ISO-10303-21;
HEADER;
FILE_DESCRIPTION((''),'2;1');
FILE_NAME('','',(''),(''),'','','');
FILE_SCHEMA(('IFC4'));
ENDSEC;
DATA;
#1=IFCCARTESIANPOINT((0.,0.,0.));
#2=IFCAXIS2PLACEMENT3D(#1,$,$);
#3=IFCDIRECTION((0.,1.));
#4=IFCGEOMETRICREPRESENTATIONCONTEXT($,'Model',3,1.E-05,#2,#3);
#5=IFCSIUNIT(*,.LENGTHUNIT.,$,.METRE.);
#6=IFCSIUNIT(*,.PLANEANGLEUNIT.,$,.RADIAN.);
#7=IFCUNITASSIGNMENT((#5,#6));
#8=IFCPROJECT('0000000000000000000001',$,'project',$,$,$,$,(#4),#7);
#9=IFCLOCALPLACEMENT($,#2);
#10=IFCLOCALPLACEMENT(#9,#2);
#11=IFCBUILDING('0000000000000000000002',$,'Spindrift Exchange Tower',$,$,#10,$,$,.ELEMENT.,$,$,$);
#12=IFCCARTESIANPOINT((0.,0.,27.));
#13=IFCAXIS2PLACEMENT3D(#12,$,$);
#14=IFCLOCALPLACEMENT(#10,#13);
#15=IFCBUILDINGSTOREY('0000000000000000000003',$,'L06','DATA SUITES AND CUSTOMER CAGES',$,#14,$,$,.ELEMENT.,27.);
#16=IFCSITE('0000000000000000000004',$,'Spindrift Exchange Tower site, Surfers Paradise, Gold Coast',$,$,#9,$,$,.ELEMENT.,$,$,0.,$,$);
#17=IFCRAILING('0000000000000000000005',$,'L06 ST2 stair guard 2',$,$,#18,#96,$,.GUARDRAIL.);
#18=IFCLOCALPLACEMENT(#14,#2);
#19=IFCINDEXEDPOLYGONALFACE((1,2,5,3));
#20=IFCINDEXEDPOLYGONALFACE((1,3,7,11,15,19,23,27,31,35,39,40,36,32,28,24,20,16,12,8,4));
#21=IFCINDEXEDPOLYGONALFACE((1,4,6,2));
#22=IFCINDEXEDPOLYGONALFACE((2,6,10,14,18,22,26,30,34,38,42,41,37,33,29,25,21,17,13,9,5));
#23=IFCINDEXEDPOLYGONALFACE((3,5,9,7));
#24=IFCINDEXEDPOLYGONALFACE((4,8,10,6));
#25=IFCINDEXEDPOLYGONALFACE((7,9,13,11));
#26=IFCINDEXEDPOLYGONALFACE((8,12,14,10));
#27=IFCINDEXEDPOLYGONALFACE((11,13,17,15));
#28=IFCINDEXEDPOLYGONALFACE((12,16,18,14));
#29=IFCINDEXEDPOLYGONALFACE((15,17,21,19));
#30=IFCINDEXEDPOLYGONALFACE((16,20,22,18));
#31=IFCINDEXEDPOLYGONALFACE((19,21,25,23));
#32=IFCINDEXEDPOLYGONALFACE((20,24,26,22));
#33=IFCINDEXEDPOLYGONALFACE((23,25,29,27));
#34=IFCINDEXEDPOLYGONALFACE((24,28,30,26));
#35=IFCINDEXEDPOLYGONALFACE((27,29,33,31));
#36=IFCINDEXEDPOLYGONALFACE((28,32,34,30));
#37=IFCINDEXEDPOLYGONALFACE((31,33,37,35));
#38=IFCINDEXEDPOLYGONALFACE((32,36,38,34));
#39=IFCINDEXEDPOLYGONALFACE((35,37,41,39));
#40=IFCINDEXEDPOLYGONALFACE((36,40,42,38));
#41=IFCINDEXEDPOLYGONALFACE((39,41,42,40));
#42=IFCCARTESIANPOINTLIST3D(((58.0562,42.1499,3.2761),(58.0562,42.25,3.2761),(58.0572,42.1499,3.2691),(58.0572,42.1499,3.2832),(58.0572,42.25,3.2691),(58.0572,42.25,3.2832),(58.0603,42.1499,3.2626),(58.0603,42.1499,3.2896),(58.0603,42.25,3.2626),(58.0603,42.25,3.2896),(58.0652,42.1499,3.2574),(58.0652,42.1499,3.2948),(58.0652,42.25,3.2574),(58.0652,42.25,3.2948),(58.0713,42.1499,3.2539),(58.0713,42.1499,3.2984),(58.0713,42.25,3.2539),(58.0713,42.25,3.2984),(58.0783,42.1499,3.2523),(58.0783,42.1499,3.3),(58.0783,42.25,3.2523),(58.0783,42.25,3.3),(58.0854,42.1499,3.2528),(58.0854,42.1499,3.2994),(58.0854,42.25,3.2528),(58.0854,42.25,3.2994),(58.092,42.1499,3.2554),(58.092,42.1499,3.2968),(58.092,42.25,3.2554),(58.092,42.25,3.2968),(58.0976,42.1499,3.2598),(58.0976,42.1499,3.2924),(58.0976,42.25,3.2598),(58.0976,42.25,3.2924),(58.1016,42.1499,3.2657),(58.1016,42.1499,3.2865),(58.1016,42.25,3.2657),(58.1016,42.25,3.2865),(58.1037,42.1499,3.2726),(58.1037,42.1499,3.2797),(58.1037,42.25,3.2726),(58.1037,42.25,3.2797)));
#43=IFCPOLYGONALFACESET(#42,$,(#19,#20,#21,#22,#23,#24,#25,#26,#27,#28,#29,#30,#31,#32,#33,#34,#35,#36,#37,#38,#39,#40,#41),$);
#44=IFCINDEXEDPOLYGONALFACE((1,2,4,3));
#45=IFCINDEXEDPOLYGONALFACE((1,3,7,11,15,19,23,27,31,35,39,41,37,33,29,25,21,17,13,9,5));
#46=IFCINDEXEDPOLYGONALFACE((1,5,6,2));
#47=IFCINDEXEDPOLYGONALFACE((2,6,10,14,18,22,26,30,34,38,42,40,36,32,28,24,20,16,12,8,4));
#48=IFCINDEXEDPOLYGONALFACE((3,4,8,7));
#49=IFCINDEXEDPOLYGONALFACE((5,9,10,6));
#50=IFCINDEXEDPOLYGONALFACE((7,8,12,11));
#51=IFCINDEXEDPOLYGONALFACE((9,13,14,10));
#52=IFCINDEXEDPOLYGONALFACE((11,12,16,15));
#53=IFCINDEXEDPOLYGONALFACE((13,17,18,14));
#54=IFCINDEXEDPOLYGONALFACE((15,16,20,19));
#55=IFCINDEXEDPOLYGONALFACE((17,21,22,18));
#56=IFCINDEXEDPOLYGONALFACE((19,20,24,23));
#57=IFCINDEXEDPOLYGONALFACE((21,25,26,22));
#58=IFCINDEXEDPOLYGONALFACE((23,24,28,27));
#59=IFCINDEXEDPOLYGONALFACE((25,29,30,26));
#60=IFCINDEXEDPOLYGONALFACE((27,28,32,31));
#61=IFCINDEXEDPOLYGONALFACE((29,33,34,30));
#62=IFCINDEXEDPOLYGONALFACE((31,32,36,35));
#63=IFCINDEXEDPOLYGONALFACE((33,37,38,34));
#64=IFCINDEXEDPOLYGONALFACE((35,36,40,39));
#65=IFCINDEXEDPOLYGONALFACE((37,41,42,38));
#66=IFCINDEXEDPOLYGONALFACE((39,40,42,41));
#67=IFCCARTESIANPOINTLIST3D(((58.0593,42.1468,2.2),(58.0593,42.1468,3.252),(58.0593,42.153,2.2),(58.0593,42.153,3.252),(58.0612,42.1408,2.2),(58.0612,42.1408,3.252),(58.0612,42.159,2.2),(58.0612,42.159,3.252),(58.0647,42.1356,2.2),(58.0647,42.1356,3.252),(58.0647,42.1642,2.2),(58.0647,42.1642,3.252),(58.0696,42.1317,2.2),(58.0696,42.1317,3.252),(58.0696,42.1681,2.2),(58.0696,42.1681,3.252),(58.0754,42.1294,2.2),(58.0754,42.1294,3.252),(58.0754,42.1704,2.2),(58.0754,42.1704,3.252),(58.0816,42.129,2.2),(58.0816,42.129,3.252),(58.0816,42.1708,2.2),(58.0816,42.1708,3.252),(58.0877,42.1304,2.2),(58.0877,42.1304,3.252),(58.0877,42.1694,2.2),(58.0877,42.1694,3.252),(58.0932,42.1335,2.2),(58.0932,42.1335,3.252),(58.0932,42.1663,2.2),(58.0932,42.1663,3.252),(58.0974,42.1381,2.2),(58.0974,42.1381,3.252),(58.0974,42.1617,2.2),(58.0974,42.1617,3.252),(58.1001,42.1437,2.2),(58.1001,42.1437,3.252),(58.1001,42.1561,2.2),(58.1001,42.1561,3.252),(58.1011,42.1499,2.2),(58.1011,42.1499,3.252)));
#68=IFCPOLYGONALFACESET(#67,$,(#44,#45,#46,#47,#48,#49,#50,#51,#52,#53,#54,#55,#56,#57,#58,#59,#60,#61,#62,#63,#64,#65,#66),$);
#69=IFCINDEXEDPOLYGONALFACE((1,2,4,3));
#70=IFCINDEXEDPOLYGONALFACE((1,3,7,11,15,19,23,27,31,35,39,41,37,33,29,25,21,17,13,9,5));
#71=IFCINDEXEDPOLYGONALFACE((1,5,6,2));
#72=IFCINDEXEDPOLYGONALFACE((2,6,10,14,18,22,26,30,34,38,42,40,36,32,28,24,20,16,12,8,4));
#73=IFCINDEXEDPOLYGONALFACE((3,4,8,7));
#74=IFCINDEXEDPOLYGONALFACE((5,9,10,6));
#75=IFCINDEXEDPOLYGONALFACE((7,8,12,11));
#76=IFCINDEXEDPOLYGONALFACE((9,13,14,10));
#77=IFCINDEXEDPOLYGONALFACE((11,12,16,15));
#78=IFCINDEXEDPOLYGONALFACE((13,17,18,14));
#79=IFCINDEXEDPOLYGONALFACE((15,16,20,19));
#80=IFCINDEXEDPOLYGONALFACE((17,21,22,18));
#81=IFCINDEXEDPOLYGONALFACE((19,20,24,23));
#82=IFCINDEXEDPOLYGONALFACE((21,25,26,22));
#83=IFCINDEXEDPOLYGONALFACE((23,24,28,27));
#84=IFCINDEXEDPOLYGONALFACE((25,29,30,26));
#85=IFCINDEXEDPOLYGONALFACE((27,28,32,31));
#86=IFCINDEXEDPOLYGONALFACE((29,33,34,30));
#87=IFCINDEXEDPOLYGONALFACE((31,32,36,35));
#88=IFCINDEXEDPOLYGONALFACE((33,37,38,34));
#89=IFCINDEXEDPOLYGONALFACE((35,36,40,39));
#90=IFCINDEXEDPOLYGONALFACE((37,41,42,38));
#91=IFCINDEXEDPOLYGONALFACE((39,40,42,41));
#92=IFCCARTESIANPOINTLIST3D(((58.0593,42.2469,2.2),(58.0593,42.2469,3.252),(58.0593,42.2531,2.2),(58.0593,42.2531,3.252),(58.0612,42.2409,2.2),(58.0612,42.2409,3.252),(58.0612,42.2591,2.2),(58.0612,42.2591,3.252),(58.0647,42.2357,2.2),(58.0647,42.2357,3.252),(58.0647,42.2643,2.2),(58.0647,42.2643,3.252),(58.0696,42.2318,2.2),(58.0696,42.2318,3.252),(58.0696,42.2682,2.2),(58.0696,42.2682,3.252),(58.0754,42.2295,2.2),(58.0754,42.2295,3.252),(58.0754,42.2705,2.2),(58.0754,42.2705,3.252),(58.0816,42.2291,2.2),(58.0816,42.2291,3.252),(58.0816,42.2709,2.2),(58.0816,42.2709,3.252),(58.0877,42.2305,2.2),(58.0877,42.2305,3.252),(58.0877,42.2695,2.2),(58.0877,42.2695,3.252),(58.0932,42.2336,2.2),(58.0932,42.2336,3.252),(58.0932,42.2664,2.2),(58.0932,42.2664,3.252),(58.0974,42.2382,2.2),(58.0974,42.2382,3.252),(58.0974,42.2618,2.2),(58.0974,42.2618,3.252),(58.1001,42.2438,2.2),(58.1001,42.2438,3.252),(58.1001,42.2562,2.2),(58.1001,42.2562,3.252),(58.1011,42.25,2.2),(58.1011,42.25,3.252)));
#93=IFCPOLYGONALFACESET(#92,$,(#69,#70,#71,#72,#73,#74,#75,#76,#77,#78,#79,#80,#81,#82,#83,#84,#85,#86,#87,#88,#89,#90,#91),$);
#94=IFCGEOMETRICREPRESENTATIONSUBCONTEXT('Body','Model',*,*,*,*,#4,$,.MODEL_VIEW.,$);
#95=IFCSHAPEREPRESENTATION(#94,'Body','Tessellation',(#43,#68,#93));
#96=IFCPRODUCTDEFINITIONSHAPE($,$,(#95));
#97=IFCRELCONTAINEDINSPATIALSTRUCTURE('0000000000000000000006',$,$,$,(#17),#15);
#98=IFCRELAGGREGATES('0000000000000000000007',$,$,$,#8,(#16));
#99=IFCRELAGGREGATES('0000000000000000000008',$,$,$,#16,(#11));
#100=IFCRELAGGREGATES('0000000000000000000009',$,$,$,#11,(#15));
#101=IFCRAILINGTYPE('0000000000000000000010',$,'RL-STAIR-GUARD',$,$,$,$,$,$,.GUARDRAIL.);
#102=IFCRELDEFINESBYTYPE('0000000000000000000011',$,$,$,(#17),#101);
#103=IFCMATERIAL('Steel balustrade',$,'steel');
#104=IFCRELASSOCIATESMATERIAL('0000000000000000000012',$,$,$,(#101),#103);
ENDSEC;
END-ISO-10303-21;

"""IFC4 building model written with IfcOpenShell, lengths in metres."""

from ifc_helpers import new_model, si_unit, direction, frame, origin, origin_2d, place, context, subcontext, project, spatial, circle, extrude, material, type_object, element, save


model = new_model("IFC4")

# Units and contexts
model_context = context("Model", 3, precision=1e-05, world=origin(), true_north=direction((0.0, 1.0)))
body_context = subcontext(model_context, "Body", "Model", "MODEL_VIEW")
ifc_project = project(units=[si_unit("LENGTHUNIT", "METRE"), si_unit("PLANEANGLEUNIT", "RADIAN")], contexts=[model_context])

# Site, building, storey
site_placement = place(None, origin())
site = spatial("IfcSite", under=ifc_project, at=site_placement, Name="Spindrift Exchange Tower site, Surfers Paradise, Gold Coast", CompositionType="ELEMENT", RefElevation=0.0)
building_placement = place(site_placement, origin())
building = spatial("IfcBuilding", under=site, at=building_placement, Name="Spindrift Exchange Tower", CompositionType="ELEMENT")
storey_placement = place(building_placement, frame((0.0, 0.0, 27.0)))
storey = spatial("IfcBuildingStorey", under=building, at=storey_placement, Name="L06", Description="DATA SUITES AND CUSTOMER CAGES", CompositionType="ELEMENT", Elevation=27.0)

# Railing
ifc_material_1 = material(Name="Steel balustrade", Category="steel")
railing_type_1 = type_object("IfcRailingType", Name="RL-STAIR-GUARD", PredefinedType="GUARDRAIL", material=ifc_material_1)
railing_1_placement = place(storey_placement, frame((58.0801, 42.1499, 2.2)))
element("IfcRailing", 1, at=railing_1_placement, inside=storey, type_object=railing_type_1, Name="L06 ST2 stair guard 2", PredefinedType="GUARDRAIL", context=body_context, shape_type="SweptSolid", body=[
    extrude(circle(Radius=0.0239, at=origin_2d()), frame((0.0, 0.0, 1.0762), z_axis=(0.0, 1.0, 0.0), x_axis=(-1.0, 0.0, 0.0)), (0.0, 0.0, 1.0), 0.1001),
    extrude(circle(Radius=0.021, at=origin_2d()), origin(), (0.0, 0.0, 1.0), 1.052),
    extrude(circle(Radius=0.021, at=origin_2d()), frame((0.0, 0.1001, 0.0)), (0.0, 0.0, 1.0), 1.052),
])

save(model, "model.ifc")
